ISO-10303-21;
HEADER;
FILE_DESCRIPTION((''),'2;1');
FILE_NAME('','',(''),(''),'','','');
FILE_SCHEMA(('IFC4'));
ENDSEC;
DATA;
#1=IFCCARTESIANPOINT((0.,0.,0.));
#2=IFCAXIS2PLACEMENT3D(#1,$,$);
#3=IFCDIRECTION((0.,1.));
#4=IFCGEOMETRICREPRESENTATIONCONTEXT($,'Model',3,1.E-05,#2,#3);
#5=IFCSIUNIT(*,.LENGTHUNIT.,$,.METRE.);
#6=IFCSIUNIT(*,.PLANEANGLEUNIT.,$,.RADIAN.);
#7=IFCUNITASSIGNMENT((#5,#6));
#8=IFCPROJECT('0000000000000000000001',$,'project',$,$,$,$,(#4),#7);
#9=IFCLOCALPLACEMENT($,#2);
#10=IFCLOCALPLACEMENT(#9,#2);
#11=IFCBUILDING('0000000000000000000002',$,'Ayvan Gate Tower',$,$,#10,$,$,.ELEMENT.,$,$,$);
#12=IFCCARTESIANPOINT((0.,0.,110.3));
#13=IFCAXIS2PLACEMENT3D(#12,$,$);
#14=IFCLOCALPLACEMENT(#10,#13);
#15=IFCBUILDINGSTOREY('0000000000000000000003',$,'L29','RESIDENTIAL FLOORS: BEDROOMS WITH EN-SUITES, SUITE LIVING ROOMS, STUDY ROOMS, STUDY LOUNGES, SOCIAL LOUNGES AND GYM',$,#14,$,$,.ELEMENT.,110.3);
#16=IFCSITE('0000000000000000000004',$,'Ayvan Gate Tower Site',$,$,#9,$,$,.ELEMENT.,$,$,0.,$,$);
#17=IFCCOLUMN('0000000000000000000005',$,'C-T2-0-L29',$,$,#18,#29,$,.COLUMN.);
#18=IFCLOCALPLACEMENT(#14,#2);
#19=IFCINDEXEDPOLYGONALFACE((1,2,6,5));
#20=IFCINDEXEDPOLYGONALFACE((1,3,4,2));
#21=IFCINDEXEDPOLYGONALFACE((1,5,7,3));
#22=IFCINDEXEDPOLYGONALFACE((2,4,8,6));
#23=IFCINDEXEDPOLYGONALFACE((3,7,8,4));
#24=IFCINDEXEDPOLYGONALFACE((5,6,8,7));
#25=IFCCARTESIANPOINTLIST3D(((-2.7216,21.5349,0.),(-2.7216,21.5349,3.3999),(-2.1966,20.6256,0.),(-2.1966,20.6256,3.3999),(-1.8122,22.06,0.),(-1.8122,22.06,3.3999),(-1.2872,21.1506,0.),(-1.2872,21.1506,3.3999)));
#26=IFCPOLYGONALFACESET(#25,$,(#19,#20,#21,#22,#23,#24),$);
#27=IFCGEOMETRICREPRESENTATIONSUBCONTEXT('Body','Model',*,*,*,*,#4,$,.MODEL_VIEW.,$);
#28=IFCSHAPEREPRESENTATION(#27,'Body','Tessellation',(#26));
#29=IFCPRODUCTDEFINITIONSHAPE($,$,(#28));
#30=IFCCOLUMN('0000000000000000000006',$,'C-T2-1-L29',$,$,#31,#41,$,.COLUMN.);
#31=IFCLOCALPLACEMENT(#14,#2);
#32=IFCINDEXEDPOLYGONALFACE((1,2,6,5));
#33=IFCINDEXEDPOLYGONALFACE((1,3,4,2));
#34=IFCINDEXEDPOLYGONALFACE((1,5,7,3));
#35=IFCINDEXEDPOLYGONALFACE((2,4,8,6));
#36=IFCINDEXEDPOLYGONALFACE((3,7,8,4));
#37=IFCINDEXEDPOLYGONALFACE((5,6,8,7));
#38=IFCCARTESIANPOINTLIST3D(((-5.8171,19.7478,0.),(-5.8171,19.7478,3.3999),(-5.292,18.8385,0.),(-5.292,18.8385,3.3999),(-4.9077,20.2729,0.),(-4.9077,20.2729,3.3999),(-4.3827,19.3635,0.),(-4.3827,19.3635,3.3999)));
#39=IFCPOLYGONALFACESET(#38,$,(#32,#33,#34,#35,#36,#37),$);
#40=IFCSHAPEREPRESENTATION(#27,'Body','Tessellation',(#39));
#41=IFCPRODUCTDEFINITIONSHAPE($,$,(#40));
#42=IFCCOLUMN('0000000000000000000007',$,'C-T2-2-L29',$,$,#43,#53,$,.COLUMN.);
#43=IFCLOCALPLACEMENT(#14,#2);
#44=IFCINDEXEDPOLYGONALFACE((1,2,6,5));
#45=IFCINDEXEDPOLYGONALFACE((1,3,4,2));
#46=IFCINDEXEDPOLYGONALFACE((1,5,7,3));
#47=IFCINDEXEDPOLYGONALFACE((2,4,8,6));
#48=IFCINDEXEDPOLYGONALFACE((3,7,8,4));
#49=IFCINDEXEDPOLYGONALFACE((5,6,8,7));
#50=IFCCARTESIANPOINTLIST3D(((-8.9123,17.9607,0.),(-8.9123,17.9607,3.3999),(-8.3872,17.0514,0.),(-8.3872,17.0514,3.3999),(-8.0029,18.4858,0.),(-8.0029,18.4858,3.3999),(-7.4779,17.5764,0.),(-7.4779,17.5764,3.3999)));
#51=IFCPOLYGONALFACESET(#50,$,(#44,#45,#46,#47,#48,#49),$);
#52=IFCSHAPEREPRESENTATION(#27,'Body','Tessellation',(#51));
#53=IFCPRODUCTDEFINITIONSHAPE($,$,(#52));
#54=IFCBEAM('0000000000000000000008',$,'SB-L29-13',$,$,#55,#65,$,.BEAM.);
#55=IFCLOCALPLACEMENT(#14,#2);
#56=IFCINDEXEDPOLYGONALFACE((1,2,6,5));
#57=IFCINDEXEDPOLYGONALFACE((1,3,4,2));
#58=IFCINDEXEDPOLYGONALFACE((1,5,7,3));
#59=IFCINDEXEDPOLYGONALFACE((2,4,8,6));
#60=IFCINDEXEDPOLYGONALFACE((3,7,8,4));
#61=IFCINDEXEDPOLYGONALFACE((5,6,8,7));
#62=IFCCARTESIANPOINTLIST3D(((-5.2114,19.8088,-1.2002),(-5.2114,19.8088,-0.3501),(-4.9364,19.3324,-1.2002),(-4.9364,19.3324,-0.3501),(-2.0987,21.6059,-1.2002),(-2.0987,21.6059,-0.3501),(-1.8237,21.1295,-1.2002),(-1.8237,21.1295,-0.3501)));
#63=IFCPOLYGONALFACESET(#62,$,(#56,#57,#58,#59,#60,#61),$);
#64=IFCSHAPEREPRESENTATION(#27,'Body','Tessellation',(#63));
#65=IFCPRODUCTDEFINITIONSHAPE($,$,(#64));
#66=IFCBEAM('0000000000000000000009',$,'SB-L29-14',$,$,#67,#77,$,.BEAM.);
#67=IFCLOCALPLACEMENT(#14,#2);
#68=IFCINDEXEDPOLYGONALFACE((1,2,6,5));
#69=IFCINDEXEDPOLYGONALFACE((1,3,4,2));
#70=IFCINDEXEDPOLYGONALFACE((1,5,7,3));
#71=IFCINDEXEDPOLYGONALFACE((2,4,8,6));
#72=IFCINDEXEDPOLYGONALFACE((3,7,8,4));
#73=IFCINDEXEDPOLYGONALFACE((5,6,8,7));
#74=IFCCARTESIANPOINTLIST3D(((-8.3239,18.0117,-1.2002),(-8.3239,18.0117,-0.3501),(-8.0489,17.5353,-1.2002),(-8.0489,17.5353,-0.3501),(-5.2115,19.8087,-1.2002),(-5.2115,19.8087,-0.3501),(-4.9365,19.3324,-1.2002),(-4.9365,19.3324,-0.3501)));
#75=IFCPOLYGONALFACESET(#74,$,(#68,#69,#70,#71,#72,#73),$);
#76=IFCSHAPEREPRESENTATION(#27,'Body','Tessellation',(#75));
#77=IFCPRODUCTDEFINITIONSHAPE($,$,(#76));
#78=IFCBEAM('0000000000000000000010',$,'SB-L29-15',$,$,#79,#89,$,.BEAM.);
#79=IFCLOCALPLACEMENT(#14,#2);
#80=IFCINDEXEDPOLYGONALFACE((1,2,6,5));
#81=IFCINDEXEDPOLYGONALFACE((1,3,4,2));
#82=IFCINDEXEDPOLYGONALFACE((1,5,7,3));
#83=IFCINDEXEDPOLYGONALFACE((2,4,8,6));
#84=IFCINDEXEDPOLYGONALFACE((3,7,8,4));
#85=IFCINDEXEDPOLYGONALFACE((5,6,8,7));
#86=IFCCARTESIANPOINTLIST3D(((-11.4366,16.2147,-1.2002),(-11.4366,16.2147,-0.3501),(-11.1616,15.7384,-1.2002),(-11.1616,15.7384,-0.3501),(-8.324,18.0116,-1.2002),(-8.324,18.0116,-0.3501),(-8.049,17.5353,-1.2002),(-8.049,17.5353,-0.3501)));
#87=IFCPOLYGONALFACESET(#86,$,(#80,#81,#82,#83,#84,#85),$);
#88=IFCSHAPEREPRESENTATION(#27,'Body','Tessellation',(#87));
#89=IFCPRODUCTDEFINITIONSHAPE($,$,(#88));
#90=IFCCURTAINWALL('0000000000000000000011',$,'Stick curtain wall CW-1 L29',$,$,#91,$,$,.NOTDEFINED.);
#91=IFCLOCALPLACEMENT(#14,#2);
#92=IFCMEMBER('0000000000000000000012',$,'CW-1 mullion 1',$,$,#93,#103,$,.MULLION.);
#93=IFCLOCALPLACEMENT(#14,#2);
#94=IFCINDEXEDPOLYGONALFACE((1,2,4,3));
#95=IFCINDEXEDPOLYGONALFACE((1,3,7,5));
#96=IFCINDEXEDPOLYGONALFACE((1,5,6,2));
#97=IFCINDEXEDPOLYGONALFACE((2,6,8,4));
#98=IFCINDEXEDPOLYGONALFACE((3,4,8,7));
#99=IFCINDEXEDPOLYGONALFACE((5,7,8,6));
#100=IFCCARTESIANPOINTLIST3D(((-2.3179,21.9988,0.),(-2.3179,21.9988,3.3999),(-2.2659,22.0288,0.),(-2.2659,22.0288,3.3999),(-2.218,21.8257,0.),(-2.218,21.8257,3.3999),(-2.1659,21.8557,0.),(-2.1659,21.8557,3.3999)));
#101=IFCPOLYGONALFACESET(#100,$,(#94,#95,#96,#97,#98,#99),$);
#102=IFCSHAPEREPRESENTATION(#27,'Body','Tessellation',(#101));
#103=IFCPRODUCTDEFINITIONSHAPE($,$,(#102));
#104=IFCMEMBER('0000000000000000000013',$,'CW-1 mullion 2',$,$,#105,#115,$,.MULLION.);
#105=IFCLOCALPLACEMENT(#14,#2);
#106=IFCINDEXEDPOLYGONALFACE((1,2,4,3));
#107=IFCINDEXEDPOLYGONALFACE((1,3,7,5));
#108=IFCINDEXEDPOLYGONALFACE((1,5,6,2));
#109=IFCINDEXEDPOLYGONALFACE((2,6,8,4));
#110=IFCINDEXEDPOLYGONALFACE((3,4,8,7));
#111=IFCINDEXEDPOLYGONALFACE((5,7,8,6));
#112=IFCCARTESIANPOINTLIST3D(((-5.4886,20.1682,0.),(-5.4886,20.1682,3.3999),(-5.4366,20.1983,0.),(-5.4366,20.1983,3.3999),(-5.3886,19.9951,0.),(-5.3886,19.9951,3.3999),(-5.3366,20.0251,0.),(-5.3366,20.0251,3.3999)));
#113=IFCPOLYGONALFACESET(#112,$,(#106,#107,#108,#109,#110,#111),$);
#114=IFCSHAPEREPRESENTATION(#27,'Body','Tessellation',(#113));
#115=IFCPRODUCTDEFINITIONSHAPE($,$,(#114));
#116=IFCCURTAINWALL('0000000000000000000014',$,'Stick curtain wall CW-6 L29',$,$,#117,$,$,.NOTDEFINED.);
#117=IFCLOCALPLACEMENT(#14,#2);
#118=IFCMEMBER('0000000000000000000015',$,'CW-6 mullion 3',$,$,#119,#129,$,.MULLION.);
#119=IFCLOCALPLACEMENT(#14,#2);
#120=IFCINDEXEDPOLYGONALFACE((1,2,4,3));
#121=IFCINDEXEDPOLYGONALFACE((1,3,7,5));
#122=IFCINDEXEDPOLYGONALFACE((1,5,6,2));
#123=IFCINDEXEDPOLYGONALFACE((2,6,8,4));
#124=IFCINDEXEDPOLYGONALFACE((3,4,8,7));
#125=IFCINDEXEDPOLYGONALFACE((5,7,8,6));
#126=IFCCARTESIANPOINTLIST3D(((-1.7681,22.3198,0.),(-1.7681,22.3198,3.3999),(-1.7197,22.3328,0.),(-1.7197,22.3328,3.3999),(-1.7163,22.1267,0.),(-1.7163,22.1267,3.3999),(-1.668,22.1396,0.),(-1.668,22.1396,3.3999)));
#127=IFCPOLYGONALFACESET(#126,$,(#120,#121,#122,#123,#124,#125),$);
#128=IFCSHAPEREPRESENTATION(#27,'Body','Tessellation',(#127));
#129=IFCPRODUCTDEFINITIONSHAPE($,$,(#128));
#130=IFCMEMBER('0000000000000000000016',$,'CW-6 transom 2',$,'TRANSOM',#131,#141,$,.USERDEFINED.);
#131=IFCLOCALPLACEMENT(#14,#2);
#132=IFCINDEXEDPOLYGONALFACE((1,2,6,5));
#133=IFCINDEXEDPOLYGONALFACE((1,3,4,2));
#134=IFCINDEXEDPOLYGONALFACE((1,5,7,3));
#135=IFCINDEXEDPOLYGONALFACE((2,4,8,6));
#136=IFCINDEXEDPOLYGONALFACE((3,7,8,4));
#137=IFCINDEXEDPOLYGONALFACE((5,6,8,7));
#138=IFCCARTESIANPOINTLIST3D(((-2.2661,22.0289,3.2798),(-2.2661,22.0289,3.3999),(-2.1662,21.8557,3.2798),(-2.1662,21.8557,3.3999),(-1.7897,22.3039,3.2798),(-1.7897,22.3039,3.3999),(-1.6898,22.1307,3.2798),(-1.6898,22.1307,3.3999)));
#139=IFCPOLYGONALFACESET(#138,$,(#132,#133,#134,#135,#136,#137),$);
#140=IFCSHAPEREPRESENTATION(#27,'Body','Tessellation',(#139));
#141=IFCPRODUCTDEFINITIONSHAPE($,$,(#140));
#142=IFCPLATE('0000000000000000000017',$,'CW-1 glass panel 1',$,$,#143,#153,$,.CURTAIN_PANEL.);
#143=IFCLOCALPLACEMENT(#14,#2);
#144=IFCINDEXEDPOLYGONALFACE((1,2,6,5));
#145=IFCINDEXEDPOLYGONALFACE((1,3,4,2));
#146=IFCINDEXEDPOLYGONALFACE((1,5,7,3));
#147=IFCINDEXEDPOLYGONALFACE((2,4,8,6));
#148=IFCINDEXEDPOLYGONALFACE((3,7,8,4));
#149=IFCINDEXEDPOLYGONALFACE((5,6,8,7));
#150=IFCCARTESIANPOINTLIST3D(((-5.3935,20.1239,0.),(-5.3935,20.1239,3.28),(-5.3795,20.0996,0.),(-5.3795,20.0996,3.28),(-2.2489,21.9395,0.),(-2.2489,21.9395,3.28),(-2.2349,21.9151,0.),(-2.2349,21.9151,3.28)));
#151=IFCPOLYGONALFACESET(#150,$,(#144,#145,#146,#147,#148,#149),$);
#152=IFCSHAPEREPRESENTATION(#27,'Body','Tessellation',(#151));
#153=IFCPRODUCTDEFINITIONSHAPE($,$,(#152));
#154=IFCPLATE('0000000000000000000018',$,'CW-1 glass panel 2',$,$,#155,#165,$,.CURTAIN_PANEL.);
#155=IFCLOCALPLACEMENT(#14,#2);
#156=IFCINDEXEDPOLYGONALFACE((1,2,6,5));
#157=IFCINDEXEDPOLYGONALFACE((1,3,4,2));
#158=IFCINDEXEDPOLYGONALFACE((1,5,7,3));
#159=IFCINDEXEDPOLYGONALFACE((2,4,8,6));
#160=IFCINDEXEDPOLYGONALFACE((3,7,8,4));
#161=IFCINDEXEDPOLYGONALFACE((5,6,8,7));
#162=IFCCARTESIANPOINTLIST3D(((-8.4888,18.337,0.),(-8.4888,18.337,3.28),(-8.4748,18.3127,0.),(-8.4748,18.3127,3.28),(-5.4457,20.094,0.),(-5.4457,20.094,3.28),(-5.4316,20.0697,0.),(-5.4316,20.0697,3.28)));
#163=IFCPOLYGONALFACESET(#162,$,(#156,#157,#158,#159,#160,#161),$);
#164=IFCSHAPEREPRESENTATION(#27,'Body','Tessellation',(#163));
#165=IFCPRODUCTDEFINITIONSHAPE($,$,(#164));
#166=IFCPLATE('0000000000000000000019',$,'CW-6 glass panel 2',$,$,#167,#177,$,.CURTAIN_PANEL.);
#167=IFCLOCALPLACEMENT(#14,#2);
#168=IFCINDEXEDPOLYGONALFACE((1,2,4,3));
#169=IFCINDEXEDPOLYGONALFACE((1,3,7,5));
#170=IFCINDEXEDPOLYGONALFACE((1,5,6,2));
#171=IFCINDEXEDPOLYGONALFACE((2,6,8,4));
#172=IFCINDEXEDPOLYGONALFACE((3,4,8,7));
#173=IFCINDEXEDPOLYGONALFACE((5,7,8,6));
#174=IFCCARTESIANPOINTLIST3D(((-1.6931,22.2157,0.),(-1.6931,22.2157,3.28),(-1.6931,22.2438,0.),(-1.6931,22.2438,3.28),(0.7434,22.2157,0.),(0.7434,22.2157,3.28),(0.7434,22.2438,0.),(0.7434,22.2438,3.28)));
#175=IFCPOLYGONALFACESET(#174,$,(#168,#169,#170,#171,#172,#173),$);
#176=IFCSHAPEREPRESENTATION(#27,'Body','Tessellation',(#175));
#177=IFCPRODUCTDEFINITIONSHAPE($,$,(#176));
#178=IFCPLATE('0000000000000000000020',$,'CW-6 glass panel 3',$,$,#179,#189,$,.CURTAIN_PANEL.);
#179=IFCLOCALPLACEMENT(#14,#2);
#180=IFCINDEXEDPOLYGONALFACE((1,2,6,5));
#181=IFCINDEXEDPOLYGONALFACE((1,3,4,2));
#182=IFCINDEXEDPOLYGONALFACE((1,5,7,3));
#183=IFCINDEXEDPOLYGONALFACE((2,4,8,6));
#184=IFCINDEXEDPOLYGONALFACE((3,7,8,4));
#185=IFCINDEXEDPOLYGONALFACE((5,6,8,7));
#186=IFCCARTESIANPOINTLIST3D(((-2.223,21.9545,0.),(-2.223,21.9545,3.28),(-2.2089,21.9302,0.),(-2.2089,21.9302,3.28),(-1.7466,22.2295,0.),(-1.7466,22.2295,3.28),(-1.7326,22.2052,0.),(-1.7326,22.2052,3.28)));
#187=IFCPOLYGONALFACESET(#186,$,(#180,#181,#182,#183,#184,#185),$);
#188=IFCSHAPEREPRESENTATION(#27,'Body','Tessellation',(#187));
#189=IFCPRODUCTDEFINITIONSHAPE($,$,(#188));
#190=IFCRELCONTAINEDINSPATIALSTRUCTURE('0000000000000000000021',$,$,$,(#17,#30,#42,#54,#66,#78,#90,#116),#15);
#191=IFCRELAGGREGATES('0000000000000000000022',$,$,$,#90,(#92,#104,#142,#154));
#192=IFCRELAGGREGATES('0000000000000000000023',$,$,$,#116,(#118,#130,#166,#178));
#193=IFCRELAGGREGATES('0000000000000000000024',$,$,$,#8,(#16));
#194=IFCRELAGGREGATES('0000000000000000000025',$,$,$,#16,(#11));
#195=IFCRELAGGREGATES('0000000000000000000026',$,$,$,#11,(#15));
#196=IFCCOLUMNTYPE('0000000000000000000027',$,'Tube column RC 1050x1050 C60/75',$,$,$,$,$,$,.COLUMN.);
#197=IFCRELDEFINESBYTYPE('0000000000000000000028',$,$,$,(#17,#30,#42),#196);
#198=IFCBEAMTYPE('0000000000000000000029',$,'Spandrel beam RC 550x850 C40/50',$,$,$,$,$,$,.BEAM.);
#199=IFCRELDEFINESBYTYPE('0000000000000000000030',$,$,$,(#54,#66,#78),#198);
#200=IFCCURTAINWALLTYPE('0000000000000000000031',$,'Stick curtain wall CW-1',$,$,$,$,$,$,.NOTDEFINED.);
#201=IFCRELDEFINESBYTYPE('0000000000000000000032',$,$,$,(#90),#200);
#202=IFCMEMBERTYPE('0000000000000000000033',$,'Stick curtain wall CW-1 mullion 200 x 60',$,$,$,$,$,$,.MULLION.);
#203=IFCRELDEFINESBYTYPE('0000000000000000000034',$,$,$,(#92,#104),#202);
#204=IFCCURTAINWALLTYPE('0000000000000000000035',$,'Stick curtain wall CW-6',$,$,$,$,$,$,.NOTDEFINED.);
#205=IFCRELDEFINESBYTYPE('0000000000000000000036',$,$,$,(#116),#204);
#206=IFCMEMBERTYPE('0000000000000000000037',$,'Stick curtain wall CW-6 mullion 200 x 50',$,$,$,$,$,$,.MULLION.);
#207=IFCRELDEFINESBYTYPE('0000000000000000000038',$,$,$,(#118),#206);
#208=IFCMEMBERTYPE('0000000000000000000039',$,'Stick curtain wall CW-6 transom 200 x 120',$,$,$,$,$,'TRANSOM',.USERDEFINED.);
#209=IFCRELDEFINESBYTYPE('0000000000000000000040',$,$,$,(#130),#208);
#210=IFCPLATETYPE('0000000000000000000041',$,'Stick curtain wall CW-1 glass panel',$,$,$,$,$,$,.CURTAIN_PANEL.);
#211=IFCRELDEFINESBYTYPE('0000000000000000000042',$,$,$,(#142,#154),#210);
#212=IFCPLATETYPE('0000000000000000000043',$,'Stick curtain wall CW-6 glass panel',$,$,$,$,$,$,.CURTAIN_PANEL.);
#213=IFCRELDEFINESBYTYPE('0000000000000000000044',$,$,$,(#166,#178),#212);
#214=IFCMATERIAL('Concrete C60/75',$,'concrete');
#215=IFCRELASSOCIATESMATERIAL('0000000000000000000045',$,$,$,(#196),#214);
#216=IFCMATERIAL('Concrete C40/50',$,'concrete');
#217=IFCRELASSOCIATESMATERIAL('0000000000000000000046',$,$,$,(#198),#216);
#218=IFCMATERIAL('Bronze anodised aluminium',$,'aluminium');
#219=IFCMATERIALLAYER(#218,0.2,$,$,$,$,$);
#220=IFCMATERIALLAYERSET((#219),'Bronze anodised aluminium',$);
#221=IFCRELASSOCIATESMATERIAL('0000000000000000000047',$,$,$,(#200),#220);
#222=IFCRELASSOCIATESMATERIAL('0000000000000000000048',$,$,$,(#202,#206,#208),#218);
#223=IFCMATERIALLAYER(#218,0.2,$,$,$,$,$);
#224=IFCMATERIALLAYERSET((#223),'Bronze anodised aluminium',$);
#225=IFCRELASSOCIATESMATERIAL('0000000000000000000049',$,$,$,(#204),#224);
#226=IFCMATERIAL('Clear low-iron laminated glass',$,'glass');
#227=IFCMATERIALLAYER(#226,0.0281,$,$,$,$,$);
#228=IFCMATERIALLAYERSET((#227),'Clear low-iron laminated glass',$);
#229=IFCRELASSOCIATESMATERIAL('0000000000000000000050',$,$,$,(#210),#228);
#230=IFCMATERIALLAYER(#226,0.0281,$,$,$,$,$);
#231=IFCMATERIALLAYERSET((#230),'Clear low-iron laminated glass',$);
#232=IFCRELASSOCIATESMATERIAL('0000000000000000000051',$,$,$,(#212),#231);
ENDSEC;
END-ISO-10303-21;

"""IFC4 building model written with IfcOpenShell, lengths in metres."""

from ifc_helpers import new_model, si_unit, direction, frame, origin, origin_2d, place, context, subcontext, project, spatial, rectangle, extrude, material, layer, layer_set, material_profile, profile_set, type_object, element, aggregate, save


model = new_model("IFC4")

# Units and contexts
model_context = context("Model", 3, precision=1e-05, world=origin(), true_north=direction((0.0, 1.0)))
body_context = subcontext(model_context, "Body", "Model", "MODEL_VIEW")
ifc_project = project(units=[si_unit("LENGTHUNIT", "METRE"), si_unit("PLANEANGLEUNIT", "RADIAN")], contexts=[model_context])

# Site, building, storey
site_placement = place(None, origin())
site = spatial("IfcSite", under=ifc_project, at=site_placement, Name="Ayvan Gate Tower Site", CompositionType="ELEMENT", RefElevation=0.0)
building_placement = place(site_placement, origin())
building = spatial("IfcBuilding", under=site, at=building_placement, Name="Ayvan Gate Tower", CompositionType="ELEMENT")
storey_placement = place(building_placement, frame((0.0, 0.0, 110.3)))
storey = spatial("IfcBuildingStorey", under=building, at=storey_placement, Name="L29", Description="RESIDENTIAL FLOORS: BEDROOMS WITH EN-SUITES, SUITE LIVING ROOMS, STUDY ROOMS, STUDY LOUNGES, SOCIAL LOUNGES AND GYM", CompositionType="ELEMENT", Elevation=110.3)

# Columns
ifc_material_1 = material(Name="Concrete C60/75", Category="concrete")
ifc_material_profile_1 = material_profile(ifc_material_1, rectangle(XDim=1.05, YDim=1.05, at=origin_2d()), Name="RC 1050x1050")
ifc_profile_set_1 = profile_set([ifc_material_profile_1], Name="Concrete C60/75")
column_type = type_object("IfcColumnType", Name="Tube column RC 1050x1050 C60/75", PredefinedType="COLUMN", material=ifc_profile_set_1)
for number, where, z_axis, x_axis, name in (
    (1, (-2.0044, 21.3428, 0.0), (0.0, 0.0, 1.0), (-0.5, 0.866025, 0.0), "C-T2-0-L29"),
    (2, (-5.0999, 19.5557, 0.0), (0.0, 0.0, 1.0), (-0.5, 0.866025, 0.0), "C-T2-1-L29"),
    (3, (-8.1951, 17.7686, 0.0), (0.0, 0.0, 1.0), (-0.5, 0.866025, 0.0), "C-T2-2-L29"),
):
    element("IfcColumn", number, at=place(storey_placement, frame(where, z_axis=z_axis, x_axis=x_axis)), inside=storey, type_object=column_type, Name=name, PredefinedType="COLUMN", context=body_context, shape_type="SweptSolid", body=[
        extrude(rectangle(XDim=1.05, YDim=1.05, at=origin_2d()), origin(), (0.0, 0.0, 1.0), 3.3999),
    ])

# Beams
ifc_material_2 = material(Name="Concrete C40/50", Category="concrete")
ifc_material_profile_2 = material_profile(ifc_material_2, rectangle(XDim=0.55, YDim=0.8501, at=origin_2d()), Name="RC 550x850")
ifc_profile_set_2 = profile_set([ifc_material_profile_2], Name="Concrete C40/50")
beam_type = type_object("IfcBeamType", Name="Spandrel beam RC 550x850 C40/50", PredefinedType="BEAM", material=ifc_profile_set_2)
beam_placement = place(storey_placement, frame((-1.9612, 21.3677, -0.7751), z_axis=(-0.866032, -0.499989, 0.0), x_axis=(0.499989, -0.866032, 0.0)))
element("IfcBeam", 4, at=beam_placement, inside=storey, type_object=beam_type, Name="SB-L29-13", PredefinedType="BEAM", context=body_context, shape_type="SweptSolid", body=[
    extrude(rectangle(XDim=0.55, YDim=0.8501, at=origin_2d()), origin(), (0.0, 0.0, 1.0), 3.5942),
])
for number, where, z_axis, x_axis, name in (
    (5, (-5.074, 19.5706, -0.7751), (-0.866015, -0.500018, 0.0), (0.500018, -0.866015, 0.0), "SB-L29-14"),
    (6, (-8.1865, 17.7734, -0.7751), (-0.866044, -0.499967, 0.0), (0.499967, -0.866044, 0.0), "SB-L29-15"),
):
    element("IfcBeam", number, at=place(storey_placement, frame(where, z_axis=z_axis, x_axis=x_axis)), inside=storey, type_object=beam_type, Name=name, PredefinedType="BEAM", context=body_context, shape_type="SweptSolid", body=[
        extrude(rectangle(XDim=0.55, YDim=0.8501, at=origin_2d()), origin(), (0.0, 0.0, 1.0), 3.594),
    ])

# Curtain walls, members
ifc_material_3 = material(Name="Bronze anodised aluminium", Category="aluminium")
ifc_layer_1 = layer(ifc_material_3, 0.2)
ifc_layer_set_1 = layer_set([ifc_layer_1], Name="Bronze anodised aluminium")
curtain_wall_type_1 = type_object("IfcCurtainWallType", Name="Stick curtain wall CW-1", PredefinedType="NOTDEFINED", material=ifc_layer_set_1)
curtain_wall_1_placement = place(storey_placement, origin())
curtain_wall_1 = element("IfcCurtainWall", 7, at=curtain_wall_1_placement, inside=storey, type_object=curtain_wall_type_1, Name="Stick curtain wall CW-1 L29", PredefinedType="NOTDEFINED")
ifc_material_profile_3 = material_profile(ifc_material_3, rectangle(XDim=0.2, YDim=0.0601, at=origin_2d()), Name="Stick curtain wall CW-1 mullion 200 x 60")
ifc_profile_set_3 = profile_set([ifc_material_profile_3], Name="Bronze anodised aluminium")
member_type_1 = type_object("IfcMemberType", Name="Stick curtain wall CW-1 mullion 200 x 60", PredefinedType="MULLION", material=ifc_profile_set_3)
member_1_placement = place(storey_placement, frame((-2.2419, 21.9272, 0.0), z_axis=(0.0, 0.0, 1.0), x_axis=(-0.5, 0.866025, 0.0)))
member_1 = element("IfcMember", 8, at=member_1_placement, type_object=member_type_1, Name="CW-1 mullion 1", PredefinedType="MULLION", context=body_context, shape_type="SweptSolid", body=[
    extrude(rectangle(XDim=0.2, YDim=0.0601, at=origin_2d()), origin(), (0.0, 0.0, 1.0), 3.3999),
])
member_2_placement = place(storey_placement, frame((-5.4126, 20.0967, 0.0), z_axis=(0.0, 0.0, 1.0), x_axis=(-0.5, 0.866025, 0.0)))
member_2 = element("IfcMember", 9, at=member_2_placement, type_object=member_type_1, Name="CW-1 mullion 2", PredefinedType="MULLION", context=body_context, shape_type="SweptSolid", body=[
    extrude(rectangle(XDim=0.2, YDim=0.0601, at=origin_2d()), origin(), (0.0, 0.0, 1.0), 3.3999),
])
ifc_layer_2 = layer(ifc_material_3, 0.2)
ifc_layer_set_2 = layer_set([ifc_layer_2], Name="Bronze anodised aluminium")
curtain_wall_type_2 = type_object("IfcCurtainWallType", Name="Stick curtain wall CW-6", PredefinedType="NOTDEFINED", material=ifc_layer_set_2)
curtain_wall_2_placement = place(storey_placement, origin())
curtain_wall_2 = element("IfcCurtainWall", 10, at=curtain_wall_2_placement, inside=storey, type_object=curtain_wall_type_2, Name="Stick curtain wall CW-6 L29", PredefinedType="NOTDEFINED")
ifc_material_profile_4 = material_profile(ifc_material_3, rectangle(XDim=0.2, YDim=0.05, at=origin_2d()), Name="Stick curtain wall CW-6 mullion 200 x 50")
ifc_profile_set_4 = profile_set([ifc_material_profile_4], Name="Bronze anodised aluminium")
member_type_2 = type_object("IfcMemberType", Name="Stick curtain wall CW-6 mullion 200 x 50", PredefinedType="MULLION", material=ifc_profile_set_4)
member_3_placement = place(storey_placement, frame((-1.718, 22.2297, 0.0), z_axis=(0.0, 0.0, 1.0), x_axis=(-0.258819, 0.965926, 0.0)))
member_3 = element("IfcMember", 11, at=member_3_placement, type_object=member_type_2, Name="CW-6 mullion 3", PredefinedType="MULLION", context=body_context, shape_type="SweptSolid", body=[
    extrude(rectangle(XDim=0.2, YDim=0.05, at=origin_2d()), origin(), (0.0, 0.0, 1.0), 3.3999),
])
ifc_material_profile_5 = material_profile(ifc_material_3, rectangle(XDim=0.2, YDim=0.1201, at=origin_2d()), Name="Stick curtain wall CW-6 transom 200 x 120")
ifc_profile_set_5 = profile_set([ifc_material_profile_5], Name="Bronze anodised aluminium")
member_type_3 = type_object("IfcMemberType", Name="Stick curtain wall CW-6 transom 200 x 120", ElementType="TRANSOM", PredefinedType="USERDEFINED", material=ifc_profile_set_5)
member_4_placement = place(storey_placement, frame((-1.7397, 22.2173, 3.3398), z_axis=(-0.866104, -0.499863, 0.0), x_axis=(0.499863, -0.866104, 0.0)))
member_4 = element("IfcMember", 12, at=member_4_placement, type_object=member_type_3, Name="CW-6 transom 2", ObjectType="TRANSOM", PredefinedType="USERDEFINED", context=body_context, shape_type="SweptSolid", body=[
    extrude(rectangle(XDim=0.2, YDim=0.1201, at=origin_2d()), origin(), (0.0, 0.0, 1.0), 0.55),
])

# Plates
ifc_material_4 = material(Name="Clear low-iron laminated glass", Category="glass")
ifc_layer_3 = layer(ifc_material_4, 0.0281)
ifc_layer_set_3 = layer_set([ifc_layer_3], Name="Clear low-iron laminated glass")
plate_type_1 = type_object("IfcPlateType", Name="Stick curtain wall CW-1 glass panel", PredefinedType="CURTAIN_PANEL", material=ifc_layer_set_3)
plate_1_placement = place(storey_placement, frame((-3.8142, 21.0195, 0.0), z_axis=(0.0, 0.0, 1.0), x_axis=(-0.866025, -0.5, 0.0)))
plate_1 = element("IfcPlate", 13, at=plate_1_placement, type_object=plate_type_1, Name="CW-1 glass panel 1", PredefinedType="CURTAIN_PANEL", context=body_context, shape_type="SweptSolid", body=[
    extrude(rectangle(XDim=3.6311, YDim=0.0281, at=origin_2d()), origin(), (0.0, 0.0, 1.0), 3.28),
])
plate_2_placement = place(storey_placement, frame((-6.9602, 19.2034, 0.0), z_axis=(0.0, 0.0, 1.0), x_axis=(-0.866025, -0.5, 0.0)))
plate_2 = element("IfcPlate", 14, at=plate_2_placement, type_object=plate_type_1, Name="CW-1 glass panel 2", PredefinedType="CURTAIN_PANEL", context=body_context, shape_type="SweptSolid", body=[
    extrude(rectangle(XDim=3.5139, YDim=0.0281, at=origin_2d()), origin(), (0.0, 0.0, 1.0), 3.28),
])
aggregate(curtain_wall_1, [member_1, member_2, plate_1, plate_2])
ifc_layer_4 = layer(ifc_material_4, 0.0281)
ifc_layer_set_4 = layer_set([ifc_layer_4], Name="Clear low-iron laminated glass")
plate_type_2 = type_object("IfcPlateType", Name="Stick curtain wall CW-6 glass panel", PredefinedType="CURTAIN_PANEL", material=ifc_layer_set_4)
plate_3_placement = place(storey_placement, frame((-0.4749, 22.2297, 0.0), z_axis=(0.0, 0.0, 1.0), x_axis=(-1.0, 0.0, 0.0)))
plate_3 = element("IfcPlate", 15, at=plate_3_placement, type_object=plate_type_2, Name="CW-6 glass panel 2", PredefinedType="CURTAIN_PANEL", context=body_context, shape_type="SweptSolid", body=[
    extrude(rectangle(XDim=2.4365, YDim=0.0281, at=origin_2d()), origin(), (0.0, 0.0, 1.0), 3.28),
])
plate_4_placement = place(storey_placement, frame((-1.9778, 22.0798, 0.0), z_axis=(0.0, 0.0, 1.0), x_axis=(-0.866025, -0.5, 0.0)))
plate_4 = element("IfcPlate", 16, at=plate_4_placement, type_object=plate_type_2, Name="CW-6 glass panel 3", PredefinedType="CURTAIN_PANEL", context=body_context, shape_type="SweptSolid", body=[
    extrude(rectangle(XDim=0.55, YDim=0.0281, at=origin_2d()), origin(), (0.0, 0.0, 1.0), 3.28),
])
aggregate(curtain_wall_2, [member_3, member_4, plate_3, plate_4])

save(model, "model.ifc")
